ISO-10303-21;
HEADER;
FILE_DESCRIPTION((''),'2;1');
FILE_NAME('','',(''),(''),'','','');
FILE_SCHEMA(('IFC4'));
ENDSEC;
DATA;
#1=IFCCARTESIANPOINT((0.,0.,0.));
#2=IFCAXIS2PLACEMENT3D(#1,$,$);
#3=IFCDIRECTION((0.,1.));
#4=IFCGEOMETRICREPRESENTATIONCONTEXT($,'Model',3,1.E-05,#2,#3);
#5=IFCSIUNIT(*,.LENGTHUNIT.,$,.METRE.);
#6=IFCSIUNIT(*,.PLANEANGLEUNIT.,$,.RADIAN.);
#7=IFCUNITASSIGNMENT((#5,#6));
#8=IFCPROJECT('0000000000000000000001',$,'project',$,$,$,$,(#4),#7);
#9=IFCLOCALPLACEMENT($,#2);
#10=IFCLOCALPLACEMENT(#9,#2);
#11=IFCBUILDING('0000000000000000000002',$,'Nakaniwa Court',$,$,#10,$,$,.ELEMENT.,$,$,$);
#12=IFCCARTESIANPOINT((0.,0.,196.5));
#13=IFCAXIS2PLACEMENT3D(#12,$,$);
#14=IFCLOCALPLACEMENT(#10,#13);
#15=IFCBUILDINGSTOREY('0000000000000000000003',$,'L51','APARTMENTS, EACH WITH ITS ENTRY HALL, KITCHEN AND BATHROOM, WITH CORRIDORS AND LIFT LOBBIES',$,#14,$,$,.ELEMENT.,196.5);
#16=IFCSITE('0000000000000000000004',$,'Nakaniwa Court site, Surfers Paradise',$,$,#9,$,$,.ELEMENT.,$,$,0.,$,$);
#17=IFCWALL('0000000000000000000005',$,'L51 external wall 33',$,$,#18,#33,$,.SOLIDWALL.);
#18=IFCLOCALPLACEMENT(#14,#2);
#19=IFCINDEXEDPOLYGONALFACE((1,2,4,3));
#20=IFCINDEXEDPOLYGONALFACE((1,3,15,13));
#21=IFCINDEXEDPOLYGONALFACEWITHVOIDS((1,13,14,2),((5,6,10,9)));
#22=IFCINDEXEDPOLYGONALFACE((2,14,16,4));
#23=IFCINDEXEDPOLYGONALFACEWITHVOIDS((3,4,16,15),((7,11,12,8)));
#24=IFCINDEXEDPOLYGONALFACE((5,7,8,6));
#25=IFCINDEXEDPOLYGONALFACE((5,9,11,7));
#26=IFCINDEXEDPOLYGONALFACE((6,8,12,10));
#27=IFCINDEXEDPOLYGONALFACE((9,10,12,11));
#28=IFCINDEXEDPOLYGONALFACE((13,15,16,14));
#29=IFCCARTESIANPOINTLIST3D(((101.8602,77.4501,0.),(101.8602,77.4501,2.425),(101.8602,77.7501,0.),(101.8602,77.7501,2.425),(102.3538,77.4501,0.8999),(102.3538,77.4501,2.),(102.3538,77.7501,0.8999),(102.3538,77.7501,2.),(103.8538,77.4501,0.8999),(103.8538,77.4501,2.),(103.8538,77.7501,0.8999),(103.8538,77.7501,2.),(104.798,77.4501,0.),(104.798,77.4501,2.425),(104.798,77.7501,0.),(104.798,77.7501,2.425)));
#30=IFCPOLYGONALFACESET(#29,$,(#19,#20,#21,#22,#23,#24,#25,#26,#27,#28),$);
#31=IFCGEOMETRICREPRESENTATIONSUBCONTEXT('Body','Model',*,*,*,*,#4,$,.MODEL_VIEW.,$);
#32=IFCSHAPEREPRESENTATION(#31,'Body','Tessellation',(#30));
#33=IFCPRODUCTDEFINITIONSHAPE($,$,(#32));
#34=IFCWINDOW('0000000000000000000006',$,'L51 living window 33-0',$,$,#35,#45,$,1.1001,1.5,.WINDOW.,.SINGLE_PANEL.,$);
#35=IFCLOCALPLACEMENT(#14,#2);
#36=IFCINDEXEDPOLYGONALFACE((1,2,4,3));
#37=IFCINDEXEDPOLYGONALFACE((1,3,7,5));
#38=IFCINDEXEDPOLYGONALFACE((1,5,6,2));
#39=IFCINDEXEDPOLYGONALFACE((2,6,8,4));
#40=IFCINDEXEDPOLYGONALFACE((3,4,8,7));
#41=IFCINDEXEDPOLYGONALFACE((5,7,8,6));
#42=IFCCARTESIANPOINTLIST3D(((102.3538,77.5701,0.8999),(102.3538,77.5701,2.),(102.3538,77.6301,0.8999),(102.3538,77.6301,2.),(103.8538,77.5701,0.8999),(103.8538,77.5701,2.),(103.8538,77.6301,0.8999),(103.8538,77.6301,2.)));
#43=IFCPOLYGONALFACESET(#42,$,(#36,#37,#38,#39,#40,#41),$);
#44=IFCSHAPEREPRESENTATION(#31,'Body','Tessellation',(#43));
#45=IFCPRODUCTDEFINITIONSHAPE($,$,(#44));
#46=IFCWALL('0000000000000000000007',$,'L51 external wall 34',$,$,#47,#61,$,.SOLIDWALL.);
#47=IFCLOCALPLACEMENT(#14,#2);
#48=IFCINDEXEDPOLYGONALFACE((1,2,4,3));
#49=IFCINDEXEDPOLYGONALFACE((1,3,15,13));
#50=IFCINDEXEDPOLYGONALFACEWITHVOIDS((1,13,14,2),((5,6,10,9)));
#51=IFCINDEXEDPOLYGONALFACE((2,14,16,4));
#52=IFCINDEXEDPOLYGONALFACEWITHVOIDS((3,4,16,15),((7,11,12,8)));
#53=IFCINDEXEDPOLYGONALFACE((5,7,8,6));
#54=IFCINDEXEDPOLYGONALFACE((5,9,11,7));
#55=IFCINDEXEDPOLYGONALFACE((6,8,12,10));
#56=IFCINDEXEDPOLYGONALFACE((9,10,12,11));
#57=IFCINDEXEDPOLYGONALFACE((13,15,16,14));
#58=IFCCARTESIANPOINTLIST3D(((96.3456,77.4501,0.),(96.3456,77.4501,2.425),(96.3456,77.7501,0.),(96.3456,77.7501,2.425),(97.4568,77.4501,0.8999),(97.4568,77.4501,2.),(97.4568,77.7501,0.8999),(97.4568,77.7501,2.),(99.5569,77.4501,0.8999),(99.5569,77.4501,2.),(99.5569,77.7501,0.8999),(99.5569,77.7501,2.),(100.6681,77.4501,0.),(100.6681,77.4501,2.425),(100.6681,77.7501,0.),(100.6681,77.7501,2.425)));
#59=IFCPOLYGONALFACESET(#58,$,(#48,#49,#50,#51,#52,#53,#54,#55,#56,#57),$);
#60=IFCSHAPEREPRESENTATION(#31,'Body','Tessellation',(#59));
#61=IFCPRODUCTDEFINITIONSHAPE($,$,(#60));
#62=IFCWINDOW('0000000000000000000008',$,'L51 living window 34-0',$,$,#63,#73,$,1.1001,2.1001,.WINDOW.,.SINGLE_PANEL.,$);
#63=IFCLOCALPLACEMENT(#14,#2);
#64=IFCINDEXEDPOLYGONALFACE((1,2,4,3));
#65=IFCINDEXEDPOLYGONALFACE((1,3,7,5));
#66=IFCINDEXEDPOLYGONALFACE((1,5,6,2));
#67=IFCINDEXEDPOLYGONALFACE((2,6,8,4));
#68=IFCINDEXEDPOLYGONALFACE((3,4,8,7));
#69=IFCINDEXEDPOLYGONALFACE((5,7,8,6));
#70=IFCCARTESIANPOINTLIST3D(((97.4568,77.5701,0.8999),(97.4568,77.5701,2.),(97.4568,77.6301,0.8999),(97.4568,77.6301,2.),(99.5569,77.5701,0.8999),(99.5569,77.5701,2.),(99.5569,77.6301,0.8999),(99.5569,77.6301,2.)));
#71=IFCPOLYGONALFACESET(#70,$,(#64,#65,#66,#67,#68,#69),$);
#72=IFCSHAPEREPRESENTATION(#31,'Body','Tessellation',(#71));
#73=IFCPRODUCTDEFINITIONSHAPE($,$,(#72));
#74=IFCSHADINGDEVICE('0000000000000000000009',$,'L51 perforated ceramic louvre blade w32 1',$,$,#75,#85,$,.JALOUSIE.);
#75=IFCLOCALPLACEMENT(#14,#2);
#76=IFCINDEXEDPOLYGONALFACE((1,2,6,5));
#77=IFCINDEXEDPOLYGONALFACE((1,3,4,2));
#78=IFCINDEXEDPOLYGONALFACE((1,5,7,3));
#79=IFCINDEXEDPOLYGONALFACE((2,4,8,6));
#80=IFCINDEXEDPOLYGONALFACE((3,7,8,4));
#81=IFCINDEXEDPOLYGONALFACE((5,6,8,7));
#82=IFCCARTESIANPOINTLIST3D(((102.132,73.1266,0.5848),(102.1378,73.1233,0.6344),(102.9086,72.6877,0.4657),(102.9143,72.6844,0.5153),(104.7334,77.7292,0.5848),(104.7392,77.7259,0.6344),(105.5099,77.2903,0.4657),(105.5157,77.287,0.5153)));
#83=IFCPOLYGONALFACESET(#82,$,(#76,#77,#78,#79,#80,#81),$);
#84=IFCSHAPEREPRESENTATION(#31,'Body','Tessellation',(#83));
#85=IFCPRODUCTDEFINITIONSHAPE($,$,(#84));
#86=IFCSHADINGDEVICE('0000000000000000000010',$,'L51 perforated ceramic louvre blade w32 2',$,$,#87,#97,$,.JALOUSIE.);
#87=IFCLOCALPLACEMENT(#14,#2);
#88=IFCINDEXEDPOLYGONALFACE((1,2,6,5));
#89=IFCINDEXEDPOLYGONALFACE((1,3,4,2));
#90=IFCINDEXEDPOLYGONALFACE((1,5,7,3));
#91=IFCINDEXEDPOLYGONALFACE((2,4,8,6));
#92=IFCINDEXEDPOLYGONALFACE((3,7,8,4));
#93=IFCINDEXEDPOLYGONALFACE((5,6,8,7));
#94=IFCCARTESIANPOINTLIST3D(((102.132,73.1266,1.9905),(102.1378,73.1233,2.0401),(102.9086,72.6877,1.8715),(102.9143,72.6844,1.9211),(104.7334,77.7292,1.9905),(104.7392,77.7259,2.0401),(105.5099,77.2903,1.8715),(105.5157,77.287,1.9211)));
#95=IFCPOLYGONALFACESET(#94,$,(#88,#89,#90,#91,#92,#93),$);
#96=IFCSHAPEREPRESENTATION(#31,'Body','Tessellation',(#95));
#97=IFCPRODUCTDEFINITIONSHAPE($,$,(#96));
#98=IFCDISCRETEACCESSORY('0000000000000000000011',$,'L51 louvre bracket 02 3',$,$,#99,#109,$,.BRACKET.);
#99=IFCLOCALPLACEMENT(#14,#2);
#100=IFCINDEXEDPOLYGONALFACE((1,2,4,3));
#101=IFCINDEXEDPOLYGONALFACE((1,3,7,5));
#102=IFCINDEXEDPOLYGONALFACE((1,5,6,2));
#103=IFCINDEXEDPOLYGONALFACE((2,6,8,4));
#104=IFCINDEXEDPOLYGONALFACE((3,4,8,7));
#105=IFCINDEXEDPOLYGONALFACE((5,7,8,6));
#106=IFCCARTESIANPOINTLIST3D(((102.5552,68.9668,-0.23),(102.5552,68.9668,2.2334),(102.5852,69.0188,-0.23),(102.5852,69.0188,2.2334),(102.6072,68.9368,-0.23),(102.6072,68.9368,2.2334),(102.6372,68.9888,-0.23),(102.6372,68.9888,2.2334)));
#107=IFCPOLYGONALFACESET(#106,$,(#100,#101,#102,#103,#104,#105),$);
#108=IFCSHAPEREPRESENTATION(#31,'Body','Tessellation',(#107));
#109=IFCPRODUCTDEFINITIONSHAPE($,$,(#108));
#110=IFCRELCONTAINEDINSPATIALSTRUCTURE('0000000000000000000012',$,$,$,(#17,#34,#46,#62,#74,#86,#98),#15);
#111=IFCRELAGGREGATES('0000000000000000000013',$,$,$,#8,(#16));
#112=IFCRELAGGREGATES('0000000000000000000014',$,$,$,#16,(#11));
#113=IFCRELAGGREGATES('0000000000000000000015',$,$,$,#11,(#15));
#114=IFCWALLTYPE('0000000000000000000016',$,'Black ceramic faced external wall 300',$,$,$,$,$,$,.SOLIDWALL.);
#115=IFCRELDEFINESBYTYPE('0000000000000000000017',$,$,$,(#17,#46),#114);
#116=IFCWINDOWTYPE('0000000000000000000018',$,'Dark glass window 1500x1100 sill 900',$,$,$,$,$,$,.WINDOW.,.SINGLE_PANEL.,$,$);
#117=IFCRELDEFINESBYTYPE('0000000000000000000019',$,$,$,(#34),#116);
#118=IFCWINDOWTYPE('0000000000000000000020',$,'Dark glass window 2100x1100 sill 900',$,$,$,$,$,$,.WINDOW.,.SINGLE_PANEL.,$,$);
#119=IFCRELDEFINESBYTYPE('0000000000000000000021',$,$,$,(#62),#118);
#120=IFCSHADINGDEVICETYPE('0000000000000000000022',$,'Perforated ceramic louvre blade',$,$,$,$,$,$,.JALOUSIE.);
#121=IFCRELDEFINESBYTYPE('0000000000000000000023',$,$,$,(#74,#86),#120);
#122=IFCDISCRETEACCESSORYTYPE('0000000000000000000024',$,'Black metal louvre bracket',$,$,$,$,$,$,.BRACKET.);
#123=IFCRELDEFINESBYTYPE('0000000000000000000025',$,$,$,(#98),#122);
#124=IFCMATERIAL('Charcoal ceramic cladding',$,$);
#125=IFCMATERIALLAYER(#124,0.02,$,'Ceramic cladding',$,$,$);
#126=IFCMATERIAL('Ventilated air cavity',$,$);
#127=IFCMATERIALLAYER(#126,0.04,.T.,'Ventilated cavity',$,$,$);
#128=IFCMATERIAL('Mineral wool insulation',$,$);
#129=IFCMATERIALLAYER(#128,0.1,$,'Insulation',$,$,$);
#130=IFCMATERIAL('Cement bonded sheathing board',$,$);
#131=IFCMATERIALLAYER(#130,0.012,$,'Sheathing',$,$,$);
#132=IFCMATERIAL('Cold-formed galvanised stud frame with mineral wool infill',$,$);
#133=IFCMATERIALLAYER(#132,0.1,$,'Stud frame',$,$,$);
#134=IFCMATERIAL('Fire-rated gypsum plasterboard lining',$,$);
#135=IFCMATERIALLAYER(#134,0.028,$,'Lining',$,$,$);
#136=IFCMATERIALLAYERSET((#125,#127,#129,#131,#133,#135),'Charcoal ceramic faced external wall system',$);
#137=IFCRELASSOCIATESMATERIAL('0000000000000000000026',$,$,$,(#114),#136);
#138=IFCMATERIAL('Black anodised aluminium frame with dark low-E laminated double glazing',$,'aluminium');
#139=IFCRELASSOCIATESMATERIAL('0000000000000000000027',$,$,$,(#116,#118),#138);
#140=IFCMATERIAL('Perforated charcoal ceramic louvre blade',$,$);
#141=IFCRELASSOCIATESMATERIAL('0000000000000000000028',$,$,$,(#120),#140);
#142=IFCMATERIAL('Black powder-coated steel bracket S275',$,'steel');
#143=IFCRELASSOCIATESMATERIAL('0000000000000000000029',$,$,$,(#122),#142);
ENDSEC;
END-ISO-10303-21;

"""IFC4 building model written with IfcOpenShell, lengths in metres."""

from ifc_helpers import new_model, si_unit, direction, frame, frame_2d, origin, origin_2d, place, context, subcontext, project, spatial, rectangle, extrude, material, layer, layer_set, material_profile, profile_set, type_object, element, fill, save


model = new_model("IFC4")

# Units and contexts
model_context = context("Model", 3, precision=1e-05, world=origin(), true_north=direction((0.0, 1.0)))
body_context = subcontext(model_context, "Body", "Model", "MODEL_VIEW")
ifc_project = project(units=[si_unit("LENGTHUNIT", "METRE"), si_unit("PLANEANGLEUNIT", "RADIAN")], contexts=[model_context])

# Site, building, storey
site_placement = place(None, origin())
site = spatial("IfcSite", under=ifc_project, at=site_placement, Name="Nakaniwa Court site, Surfers Paradise", CompositionType="ELEMENT", RefElevation=0.0)
building_placement = place(site_placement, origin())
building = spatial("IfcBuilding", under=site, at=building_placement, Name="Nakaniwa Court", CompositionType="ELEMENT")
storey_placement = place(building_placement, frame((0.0, 0.0, 196.5)))
storey = spatial("IfcBuildingStorey", under=building, at=storey_placement, Name="L51", Description="APARTMENTS, EACH WITH ITS ENTRY HALL, KITCHEN AND BATHROOM, WITH CORRIDORS AND LIFT LOBBIES", CompositionType="ELEMENT", Elevation=196.5)

# Shared definitions
ifc_material_1 = material(Name="Charcoal ceramic cladding")
ifc_layer_1 = layer(ifc_material_1, 0.02, Name="Ceramic cladding")
ifc_material_2 = material(Name="Ventilated air cavity")
ifc_layer_2 = layer(ifc_material_2, 0.04, ventilated=True, Name="Ventilated cavity")
ifc_material_3 = material(Name="Mineral wool insulation")
ifc_layer_3 = layer(ifc_material_3, 0.1, Name="Insulation")
ifc_material_4 = material(Name="Cement bonded sheathing board")
ifc_layer_4 = layer(ifc_material_4, 0.012, Name="Sheathing")
ifc_material_5 = material(Name="Cold-formed galvanised stud frame with mineral wool infill")
ifc_layer_5 = layer(ifc_material_5, 0.1, Name="Stud frame")
ifc_material_6 = material(Name="Fire-rated gypsum plasterboard lining")
ifc_layer_6 = layer(ifc_material_6, 0.028, Name="Lining")
ifc_layer_set = layer_set([ifc_layer_1, ifc_layer_2, ifc_layer_3, ifc_layer_4, ifc_layer_5, ifc_layer_6], Name="Charcoal ceramic faced external wall system")
wall_type = type_object("IfcWallType", Name="Black ceramic faced external wall 300", PredefinedType="SOLIDWALL", material=ifc_layer_set)
ifc_material_7 = material(Name="Black anodised aluminium frame with dark low-E laminated double glazing", Category="aluminium")

# Walls, openings, windows
window_type_1 = type_object("IfcWindowType", Name="Dark glass window 1500x1100 sill 900", PartitioningType="SINGLE_PANEL", PredefinedType="WINDOW", material=ifc_material_7)
wall_1_placement = place(storey_placement, frame((104.7979, 77.6001, 0.0), z_axis=(0.0, 0.0, 1.0), x_axis=(-1.0, 0.0, 0.0)))
wall_1 = element("IfcWall", 1, at=wall_1_placement, inside=storey, type_object=wall_type, Name="L51 external wall 33", PredefinedType="SOLIDWALL", context=body_context, shape_type="SweptSolid", body=[
    extrude(rectangle(XDim=2.9377, YDim=0.3, at=frame_2d((1.4688, 0.0))), origin(), (0.0, 0.0, 1.0), 2.425),
])
opening_1_placement = place(wall_1_placement, frame((0.9441, 0.0, 0.8999)))
opening_1 = element("IfcOpeningElement", 2, at=opening_1_placement, cuts=wall_1, PredefinedType="OPENING", context=body_context, shape_type="SweptSolid", body=[
    extrude(rectangle(XDim=1.5, YDim=1.1001, at=frame_2d((0.75, 0.55))), frame((0.0, 0.1599, 0.0), z_axis=(0.0, -1.0, 0.0), x_axis=(1.0, 0.0, 0.0)), (0.0, 0.0, 1.0), 0.3201),
])
window_1_placement = place(opening_1_placement, origin())
window_1 = element("IfcWindow", 3, at=window_1_placement, inside=storey, type_object=window_type_1, Name="L51 living window 33-0", OverallHeight=1.1001, OverallWidth=1.5, PartitioningType="SINGLE_PANEL", PredefinedType="WINDOW", context=body_context, shape_type="SweptSolid", body=[
    extrude(rectangle(XDim=1.5, YDim=1.1001, at=frame_2d((0.75, 0.55))), frame((0.0, 0.03, 0.0), z_axis=(0.0, -1.0, 0.0), x_axis=(1.0, 0.0, 0.0)), (0.0, 0.0, 1.0), 0.0601),
])
fill(opening_1, window_1)
wall_2_placement = place(storey_placement, frame((100.668, 77.6001, 0.0), z_axis=(0.0, 0.0, 1.0), x_axis=(-1.0, 0.0, 0.0)))
wall_2 = element("IfcWall", 4, at=wall_2_placement, inside=storey, type_object=wall_type, Name="L51 external wall 34", PredefinedType="SOLIDWALL", context=body_context, shape_type="SweptSolid", body=[
    extrude(rectangle(XDim=4.3225, YDim=0.3, at=frame_2d((2.1611, 0.0))), origin(), (0.0, 0.0, 1.0), 2.425),
])
opening_2_placement = place(wall_2_placement, frame((1.1111, 0.0, 0.8999)))
opening_2 = element("IfcOpeningElement", 5, at=opening_2_placement, cuts=wall_2, PredefinedType="OPENING", context=body_context, shape_type="SweptSolid", body=[
    extrude(rectangle(XDim=2.1001, YDim=1.1001, at=frame_2d((1.05, 0.55))), frame((0.0, 0.1599, 0.0), z_axis=(0.0, -1.0, 0.0), x_axis=(1.0, 0.0, 0.0)), (0.0, 0.0, 1.0), 0.3201),
])
window_type_2 = type_object("IfcWindowType", Name="Dark glass window 2100x1100 sill 900", PartitioningType="SINGLE_PANEL", PredefinedType="WINDOW", material=ifc_material_7)
window_2_placement = place(opening_2_placement, origin())
window_2 = element("IfcWindow", 6, at=window_2_placement, inside=storey, type_object=window_type_2, Name="L51 living window 34-0", OverallHeight=1.1001, OverallWidth=2.1001, PartitioningType="SINGLE_PANEL", PredefinedType="WINDOW", context=body_context, shape_type="SweptSolid", body=[
    extrude(rectangle(XDim=2.1001, YDim=1.1001, at=frame_2d((1.05, 0.55))), frame((0.0, 0.03, 0.0), z_axis=(0.0, -1.0, 0.0), x_axis=(1.0, 0.0, 0.0)), (0.0, 0.0, 1.0), 0.0601),
])
fill(opening_2, window_2)

# Shading devices
ifc_material_8 = material(Name="Perforated charcoal ceramic louvre blade")
ifc_material_profile_1 = material_profile(ifc_material_8, rectangle(XDim=0.8999, YDim=0.05, at=origin_2d()), Name="Perforated ceramic louvre blade")
ifc_profile_set_1 = profile_set([ifc_material_profile_1], Name="Perforated charcoal ceramic louvre blade")
shading_device_type = type_object("IfcShadingDeviceType", Name="Perforated ceramic louvre blade", PredefinedType="JALOUSIE", material=ifc_profile_set_1)
for number, where, z_axis, x_axis, name in (
    (7, (102.5232, 72.9055, 0.55), (0.492041, 0.870572, 0.0), (-0.862925, 0.487718, 0.132256), "L51 perforated ceramic louvre blade w32 1"),
    (8, (102.5232, 72.9055, 1.9558), (0.492041, 0.870572, 0.0), (-0.862925, 0.487718, 0.132256), "L51 perforated ceramic louvre blade w32 2"),
):
    element("IfcShadingDevice", number, at=place(storey_placement, frame(where, z_axis=z_axis, x_axis=x_axis)), inside=storey, type_object=shading_device_type, Name=name, PredefinedType="JALOUSIE", context=body_context, shape_type="SweptSolid", body=[
        extrude(rectangle(XDim=0.8999, YDim=0.05, at=origin_2d()), origin(), (0.0, 0.0, 1.0), 5.2869),
    ])

# Discrete accessory
ifc_material_9 = material(Name="Black powder-coated steel bracket S275", Category="steel")
discrete_accessory_type = type_object("IfcDiscreteAccessoryType", Name="Black metal louvre bracket", PredefinedType="BRACKET", material=ifc_material_9)
discrete_accessory_placement = place(storey_placement, frame((102.5962, 68.9778, -0.23), z_axis=(0.0, 0.0, 1.0), x_axis=(0.500017, 0.866016, 0.0)))
element("IfcDiscreteAccessory", 9, at=discrete_accessory_placement, inside=storey, type_object=discrete_accessory_type, Name="L51 louvre bracket 02 3", PredefinedType="BRACKET", context=body_context, shape_type="SweptSolid", body=[
    extrude(rectangle(XDim=0.0601, YDim=0.0601, at=origin_2d()), origin(), (0.0, 0.0, 1.0), 2.4634),
])

save(model, "model.ifc")
